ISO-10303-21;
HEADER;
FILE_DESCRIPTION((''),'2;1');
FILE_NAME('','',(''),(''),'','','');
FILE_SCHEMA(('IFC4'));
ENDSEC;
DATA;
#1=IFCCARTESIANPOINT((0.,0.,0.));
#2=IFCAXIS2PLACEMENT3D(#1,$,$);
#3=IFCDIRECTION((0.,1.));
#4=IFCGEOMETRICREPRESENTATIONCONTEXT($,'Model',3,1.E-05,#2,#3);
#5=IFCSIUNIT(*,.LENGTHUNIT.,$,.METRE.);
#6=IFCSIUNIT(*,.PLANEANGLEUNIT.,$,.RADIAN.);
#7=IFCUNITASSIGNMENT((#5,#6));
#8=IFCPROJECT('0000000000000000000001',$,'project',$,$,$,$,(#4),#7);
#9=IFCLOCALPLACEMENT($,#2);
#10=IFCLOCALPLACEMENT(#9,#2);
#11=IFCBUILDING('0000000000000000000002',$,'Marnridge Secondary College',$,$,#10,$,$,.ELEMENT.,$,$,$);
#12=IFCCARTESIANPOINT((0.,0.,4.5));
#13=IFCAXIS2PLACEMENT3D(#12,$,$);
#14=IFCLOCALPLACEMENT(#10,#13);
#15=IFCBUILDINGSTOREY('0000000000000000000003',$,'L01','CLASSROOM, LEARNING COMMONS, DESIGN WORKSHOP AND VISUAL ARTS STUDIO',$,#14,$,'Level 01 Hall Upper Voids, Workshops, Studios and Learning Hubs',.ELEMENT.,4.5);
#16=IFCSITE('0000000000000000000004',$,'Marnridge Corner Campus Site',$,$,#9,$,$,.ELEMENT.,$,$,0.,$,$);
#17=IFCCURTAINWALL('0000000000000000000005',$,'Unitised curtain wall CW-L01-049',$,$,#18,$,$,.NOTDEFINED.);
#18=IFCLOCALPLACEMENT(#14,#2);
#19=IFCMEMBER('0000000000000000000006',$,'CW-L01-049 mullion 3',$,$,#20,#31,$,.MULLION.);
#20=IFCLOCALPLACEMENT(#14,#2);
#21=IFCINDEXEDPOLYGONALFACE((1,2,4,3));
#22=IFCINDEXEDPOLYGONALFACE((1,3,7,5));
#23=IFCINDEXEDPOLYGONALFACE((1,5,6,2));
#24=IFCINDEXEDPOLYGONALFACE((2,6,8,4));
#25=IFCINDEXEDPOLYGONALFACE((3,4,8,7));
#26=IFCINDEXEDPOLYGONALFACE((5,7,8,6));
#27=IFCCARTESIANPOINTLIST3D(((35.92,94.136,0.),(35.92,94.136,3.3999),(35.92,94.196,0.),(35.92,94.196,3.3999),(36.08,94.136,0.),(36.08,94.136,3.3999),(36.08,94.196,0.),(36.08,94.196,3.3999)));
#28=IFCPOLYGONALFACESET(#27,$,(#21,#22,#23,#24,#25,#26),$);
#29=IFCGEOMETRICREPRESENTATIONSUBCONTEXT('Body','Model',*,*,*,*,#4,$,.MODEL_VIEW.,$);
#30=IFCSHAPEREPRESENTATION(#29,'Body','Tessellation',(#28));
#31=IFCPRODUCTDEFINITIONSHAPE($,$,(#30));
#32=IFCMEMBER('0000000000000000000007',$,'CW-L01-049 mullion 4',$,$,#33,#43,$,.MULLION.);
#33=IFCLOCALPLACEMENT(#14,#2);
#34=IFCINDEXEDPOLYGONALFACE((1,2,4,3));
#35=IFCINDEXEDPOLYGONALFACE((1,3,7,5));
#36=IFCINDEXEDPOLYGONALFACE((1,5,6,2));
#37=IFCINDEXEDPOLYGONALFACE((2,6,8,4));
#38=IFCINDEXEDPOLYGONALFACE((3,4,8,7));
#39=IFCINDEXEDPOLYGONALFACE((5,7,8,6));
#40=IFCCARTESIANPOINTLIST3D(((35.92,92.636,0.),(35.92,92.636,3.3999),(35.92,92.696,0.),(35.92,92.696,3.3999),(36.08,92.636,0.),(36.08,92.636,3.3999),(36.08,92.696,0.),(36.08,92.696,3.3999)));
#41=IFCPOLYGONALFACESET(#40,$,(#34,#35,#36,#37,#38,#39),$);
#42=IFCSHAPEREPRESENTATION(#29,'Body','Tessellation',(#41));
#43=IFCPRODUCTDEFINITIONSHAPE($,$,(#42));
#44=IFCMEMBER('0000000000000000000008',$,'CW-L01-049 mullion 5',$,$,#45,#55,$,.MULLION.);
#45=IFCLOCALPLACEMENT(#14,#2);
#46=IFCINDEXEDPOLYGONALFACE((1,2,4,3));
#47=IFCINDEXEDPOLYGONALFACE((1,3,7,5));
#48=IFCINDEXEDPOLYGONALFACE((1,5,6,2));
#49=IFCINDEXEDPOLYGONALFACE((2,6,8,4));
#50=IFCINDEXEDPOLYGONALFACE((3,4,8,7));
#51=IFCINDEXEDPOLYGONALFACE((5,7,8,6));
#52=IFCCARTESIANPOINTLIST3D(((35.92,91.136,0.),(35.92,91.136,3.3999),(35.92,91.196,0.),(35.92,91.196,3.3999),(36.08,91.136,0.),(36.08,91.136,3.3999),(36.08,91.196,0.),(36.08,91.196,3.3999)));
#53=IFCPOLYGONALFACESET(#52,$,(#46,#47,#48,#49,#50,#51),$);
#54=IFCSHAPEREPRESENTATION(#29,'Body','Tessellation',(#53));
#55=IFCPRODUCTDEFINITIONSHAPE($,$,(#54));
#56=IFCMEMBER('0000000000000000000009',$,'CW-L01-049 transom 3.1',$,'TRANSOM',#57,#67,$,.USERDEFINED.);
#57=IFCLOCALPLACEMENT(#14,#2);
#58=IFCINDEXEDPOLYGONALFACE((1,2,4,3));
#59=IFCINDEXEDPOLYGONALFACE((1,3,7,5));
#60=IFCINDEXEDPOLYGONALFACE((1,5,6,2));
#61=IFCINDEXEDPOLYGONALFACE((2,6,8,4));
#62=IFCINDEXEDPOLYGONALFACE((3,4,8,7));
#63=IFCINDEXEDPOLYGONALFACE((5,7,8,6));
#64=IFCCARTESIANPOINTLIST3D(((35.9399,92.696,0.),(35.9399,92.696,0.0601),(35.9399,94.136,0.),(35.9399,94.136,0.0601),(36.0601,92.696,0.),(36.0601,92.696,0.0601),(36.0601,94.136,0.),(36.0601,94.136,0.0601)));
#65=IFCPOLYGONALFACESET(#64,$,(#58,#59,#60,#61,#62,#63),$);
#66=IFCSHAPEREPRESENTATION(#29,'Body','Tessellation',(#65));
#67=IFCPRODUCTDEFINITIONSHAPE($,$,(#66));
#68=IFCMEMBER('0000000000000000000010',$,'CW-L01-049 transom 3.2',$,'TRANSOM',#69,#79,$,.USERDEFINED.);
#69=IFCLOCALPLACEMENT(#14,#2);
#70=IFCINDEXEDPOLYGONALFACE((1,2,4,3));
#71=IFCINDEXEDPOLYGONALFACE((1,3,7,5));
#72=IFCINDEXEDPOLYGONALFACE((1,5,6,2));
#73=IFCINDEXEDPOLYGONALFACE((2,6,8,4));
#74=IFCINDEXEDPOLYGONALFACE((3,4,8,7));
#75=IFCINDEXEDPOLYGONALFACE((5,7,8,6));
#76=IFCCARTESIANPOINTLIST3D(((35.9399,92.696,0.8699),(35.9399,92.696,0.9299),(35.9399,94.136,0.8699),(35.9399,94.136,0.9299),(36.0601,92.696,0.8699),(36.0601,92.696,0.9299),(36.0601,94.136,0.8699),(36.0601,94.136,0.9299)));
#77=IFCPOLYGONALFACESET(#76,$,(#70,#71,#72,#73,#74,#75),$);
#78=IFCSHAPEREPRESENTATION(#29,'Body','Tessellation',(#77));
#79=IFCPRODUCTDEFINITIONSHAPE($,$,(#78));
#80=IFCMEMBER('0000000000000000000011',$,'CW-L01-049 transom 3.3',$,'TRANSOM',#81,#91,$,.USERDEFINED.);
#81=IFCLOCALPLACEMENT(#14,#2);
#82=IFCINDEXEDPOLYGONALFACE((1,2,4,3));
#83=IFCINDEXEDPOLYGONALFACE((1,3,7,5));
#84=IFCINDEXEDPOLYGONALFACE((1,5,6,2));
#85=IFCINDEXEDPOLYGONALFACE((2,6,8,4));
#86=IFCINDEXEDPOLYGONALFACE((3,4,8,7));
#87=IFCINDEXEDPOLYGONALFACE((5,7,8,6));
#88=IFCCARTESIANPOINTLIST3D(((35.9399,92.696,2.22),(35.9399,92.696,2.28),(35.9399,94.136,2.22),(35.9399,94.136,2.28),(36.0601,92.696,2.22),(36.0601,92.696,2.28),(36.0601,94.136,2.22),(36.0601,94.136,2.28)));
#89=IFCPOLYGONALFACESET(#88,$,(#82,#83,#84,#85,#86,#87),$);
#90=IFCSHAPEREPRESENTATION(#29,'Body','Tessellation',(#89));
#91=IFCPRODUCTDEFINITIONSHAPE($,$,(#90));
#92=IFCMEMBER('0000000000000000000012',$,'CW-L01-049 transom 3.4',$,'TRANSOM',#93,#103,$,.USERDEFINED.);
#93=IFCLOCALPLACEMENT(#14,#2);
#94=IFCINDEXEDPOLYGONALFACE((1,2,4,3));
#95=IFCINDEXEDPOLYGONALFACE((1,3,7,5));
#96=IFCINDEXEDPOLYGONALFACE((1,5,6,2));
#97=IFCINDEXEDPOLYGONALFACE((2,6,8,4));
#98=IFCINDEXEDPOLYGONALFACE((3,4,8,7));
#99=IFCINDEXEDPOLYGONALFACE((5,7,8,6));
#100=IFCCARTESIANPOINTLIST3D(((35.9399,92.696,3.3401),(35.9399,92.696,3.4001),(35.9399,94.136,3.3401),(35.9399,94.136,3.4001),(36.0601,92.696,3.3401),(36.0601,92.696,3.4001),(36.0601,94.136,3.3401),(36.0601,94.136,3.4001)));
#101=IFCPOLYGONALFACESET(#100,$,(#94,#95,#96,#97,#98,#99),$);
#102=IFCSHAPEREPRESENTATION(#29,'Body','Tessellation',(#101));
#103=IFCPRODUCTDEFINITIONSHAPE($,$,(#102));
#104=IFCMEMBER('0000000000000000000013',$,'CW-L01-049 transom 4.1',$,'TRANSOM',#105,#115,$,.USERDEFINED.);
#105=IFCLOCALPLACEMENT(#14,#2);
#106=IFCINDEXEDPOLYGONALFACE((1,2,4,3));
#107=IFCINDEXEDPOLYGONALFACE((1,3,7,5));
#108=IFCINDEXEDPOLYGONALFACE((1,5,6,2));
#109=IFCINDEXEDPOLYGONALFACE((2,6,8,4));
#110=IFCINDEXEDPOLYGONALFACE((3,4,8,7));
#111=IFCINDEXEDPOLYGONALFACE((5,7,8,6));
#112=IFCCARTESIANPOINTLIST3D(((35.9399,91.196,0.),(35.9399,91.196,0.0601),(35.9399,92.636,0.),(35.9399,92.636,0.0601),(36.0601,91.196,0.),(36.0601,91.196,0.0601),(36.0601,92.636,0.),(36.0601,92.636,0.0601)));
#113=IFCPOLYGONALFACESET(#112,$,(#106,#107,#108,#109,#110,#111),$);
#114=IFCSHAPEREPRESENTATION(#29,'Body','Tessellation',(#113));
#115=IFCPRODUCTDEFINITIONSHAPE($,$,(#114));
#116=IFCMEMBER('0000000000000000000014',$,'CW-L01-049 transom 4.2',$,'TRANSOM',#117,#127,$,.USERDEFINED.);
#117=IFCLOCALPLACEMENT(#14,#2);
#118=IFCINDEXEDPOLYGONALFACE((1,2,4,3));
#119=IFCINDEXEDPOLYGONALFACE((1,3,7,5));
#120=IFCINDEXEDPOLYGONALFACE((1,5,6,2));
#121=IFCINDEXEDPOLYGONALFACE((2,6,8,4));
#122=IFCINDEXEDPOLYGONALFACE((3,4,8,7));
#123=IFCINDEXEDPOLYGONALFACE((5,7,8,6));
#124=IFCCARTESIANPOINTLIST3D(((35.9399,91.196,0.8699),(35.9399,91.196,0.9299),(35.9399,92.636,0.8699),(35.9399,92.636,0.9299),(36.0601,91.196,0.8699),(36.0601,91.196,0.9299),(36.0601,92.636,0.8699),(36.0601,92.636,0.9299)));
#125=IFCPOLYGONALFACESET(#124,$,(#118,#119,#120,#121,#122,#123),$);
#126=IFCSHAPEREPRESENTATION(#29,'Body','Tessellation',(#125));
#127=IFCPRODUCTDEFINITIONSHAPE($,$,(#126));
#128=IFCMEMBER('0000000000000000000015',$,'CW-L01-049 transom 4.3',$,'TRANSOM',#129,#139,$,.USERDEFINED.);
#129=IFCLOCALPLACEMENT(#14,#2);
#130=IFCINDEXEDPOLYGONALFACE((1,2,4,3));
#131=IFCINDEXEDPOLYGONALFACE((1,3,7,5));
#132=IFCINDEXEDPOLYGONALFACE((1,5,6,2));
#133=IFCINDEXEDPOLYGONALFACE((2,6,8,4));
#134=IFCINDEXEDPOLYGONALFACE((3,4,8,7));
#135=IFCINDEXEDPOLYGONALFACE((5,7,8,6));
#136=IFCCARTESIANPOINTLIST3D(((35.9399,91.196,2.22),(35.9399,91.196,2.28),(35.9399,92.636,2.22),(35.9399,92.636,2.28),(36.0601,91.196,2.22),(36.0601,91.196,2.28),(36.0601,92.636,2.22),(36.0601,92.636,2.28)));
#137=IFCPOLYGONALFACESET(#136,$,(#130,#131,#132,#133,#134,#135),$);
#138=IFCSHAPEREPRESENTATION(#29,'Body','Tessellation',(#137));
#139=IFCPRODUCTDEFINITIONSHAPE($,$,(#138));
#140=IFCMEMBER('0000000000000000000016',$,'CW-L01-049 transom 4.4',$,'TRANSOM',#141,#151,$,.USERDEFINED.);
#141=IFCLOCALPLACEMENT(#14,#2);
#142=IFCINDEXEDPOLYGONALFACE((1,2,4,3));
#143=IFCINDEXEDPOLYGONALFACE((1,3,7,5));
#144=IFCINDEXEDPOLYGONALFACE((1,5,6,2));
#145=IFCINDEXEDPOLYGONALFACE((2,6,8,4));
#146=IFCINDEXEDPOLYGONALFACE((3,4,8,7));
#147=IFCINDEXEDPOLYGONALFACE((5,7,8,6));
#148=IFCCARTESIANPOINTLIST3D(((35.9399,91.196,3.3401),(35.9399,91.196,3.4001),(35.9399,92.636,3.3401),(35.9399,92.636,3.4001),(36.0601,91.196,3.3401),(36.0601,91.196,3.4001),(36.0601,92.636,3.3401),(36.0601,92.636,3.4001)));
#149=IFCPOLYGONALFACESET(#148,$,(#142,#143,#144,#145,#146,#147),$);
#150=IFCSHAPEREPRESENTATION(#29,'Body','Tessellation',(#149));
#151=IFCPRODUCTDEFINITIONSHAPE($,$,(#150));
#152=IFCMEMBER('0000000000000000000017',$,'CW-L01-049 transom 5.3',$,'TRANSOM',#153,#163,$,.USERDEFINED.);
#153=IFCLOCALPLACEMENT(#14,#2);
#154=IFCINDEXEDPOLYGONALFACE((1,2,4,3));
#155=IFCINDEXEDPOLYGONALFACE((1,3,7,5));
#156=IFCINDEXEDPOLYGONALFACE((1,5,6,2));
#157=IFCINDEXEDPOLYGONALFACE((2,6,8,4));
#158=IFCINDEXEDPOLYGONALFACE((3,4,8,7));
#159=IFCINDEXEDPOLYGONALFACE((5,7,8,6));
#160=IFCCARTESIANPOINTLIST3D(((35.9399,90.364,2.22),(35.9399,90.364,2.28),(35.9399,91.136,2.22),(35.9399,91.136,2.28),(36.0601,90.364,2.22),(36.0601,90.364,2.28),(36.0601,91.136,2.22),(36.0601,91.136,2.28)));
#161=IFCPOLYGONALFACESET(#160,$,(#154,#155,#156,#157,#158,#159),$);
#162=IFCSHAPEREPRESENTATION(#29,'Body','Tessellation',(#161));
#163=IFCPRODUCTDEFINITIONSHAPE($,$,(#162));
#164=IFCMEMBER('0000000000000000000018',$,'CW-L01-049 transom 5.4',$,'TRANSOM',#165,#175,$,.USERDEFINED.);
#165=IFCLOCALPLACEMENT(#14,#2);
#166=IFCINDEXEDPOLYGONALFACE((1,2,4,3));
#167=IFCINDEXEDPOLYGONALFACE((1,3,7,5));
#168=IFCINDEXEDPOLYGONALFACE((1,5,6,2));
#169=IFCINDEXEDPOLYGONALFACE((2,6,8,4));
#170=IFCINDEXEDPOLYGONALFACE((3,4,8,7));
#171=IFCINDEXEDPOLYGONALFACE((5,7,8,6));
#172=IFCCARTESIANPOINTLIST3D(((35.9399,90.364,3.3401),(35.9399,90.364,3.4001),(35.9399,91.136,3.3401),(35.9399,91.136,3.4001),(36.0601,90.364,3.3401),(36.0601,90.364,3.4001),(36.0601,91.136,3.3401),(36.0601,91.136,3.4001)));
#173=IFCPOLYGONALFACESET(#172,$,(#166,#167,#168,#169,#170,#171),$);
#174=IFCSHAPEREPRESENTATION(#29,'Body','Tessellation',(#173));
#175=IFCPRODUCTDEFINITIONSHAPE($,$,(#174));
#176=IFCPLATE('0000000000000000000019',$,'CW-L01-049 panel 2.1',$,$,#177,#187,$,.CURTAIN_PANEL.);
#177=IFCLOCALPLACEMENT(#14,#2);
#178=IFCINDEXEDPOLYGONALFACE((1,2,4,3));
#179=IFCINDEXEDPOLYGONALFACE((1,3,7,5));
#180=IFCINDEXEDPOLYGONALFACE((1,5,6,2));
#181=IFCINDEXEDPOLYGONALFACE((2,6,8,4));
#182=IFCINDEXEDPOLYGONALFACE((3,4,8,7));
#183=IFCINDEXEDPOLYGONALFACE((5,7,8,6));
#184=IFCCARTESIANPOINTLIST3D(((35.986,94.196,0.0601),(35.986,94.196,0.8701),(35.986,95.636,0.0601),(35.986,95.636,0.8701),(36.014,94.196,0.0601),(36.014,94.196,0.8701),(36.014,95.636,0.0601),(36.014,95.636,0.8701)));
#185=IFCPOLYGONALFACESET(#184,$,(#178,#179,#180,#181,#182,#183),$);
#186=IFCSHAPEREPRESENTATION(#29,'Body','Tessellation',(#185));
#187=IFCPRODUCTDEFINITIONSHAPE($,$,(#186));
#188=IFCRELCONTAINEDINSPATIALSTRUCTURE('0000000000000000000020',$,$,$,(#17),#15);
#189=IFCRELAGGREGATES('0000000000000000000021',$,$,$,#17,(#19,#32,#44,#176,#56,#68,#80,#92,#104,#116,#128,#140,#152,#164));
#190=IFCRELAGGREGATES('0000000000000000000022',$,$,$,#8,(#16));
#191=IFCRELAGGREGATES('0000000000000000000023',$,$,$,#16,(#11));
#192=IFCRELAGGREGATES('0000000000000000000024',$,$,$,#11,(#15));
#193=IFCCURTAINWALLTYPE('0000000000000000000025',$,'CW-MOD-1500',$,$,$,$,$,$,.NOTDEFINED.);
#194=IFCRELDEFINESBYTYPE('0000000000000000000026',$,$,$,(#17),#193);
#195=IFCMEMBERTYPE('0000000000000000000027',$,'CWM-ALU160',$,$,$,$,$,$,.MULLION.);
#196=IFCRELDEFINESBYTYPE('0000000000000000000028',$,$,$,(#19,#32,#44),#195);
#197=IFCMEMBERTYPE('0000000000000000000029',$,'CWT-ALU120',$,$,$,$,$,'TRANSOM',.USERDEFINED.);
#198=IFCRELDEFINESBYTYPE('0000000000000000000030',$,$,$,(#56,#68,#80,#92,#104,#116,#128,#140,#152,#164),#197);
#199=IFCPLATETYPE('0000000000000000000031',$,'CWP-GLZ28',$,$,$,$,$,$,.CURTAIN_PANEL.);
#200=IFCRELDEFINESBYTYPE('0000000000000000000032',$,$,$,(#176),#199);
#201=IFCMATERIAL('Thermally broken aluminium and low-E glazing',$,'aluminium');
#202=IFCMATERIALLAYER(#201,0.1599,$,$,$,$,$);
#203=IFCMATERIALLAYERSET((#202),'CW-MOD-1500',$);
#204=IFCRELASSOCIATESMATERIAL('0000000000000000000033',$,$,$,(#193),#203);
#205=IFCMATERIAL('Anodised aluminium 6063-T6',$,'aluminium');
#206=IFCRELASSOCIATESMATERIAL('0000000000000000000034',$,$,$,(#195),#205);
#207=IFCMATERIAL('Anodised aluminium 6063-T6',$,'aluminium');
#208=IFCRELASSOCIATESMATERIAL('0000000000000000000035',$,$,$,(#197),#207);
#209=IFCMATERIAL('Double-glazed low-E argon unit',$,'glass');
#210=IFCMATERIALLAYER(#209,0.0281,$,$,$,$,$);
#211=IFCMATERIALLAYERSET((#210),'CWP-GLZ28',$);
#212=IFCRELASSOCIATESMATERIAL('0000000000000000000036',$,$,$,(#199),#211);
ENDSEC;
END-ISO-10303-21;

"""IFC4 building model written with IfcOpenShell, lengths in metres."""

from ifc_helpers import new_model, si_unit, direction, frame, origin, origin_2d, place, context, subcontext, project, spatial, rectangle, extrude, material, layer, layer_set, material_profile, profile_set, type_object, element, aggregate, save


model = new_model("IFC4")

# Units and contexts
model_context = context("Model", 3, precision=1e-05, world=origin(), true_north=direction((0.0, 1.0)))
body_context = subcontext(model_context, "Body", "Model", "MODEL_VIEW")
ifc_project = project(units=[si_unit("LENGTHUNIT", "METRE"), si_unit("PLANEANGLEUNIT", "RADIAN")], contexts=[model_context])

# Site, building, storey
site_placement = place(None, origin())
site = spatial("IfcSite", under=ifc_project, at=site_placement, Name="Marnridge Corner Campus Site", CompositionType="ELEMENT", RefElevation=0.0)
building_placement = place(site_placement, origin())
building = spatial("IfcBuilding", under=site, at=building_placement, Name="Marnridge Secondary College", CompositionType="ELEMENT")
storey_placement = place(building_placement, frame((0.0, 0.0, 4.5)))
storey = spatial("IfcBuildingStorey", under=building, at=storey_placement, Name="L01", Description="CLASSROOM, LEARNING COMMONS, DESIGN WORKSHOP AND VISUAL ARTS STUDIO", LongName="Level 01 Hall Upper Voids, Workshops, Studios and Learning Hubs", CompositionType="ELEMENT", Elevation=4.5)

# Curtain wall, members, plate
ifc_material_1 = material(Name="Thermally broken aluminium and low-E glazing", Category="aluminium")
ifc_layer_1 = layer(ifc_material_1, 0.1599)
ifc_layer_set_1 = layer_set([ifc_layer_1], Name="CW-MOD-1500")
curtain_wall_type = type_object("IfcCurtainWallType", Name="CW-MOD-1500", PredefinedType="NOTDEFINED", material=ifc_layer_set_1)
curtain_wall_placement = place(storey_placement, origin())
curtain_wall = element("IfcCurtainWall", 1, at=curtain_wall_placement, inside=storey, type_object=curtain_wall_type, Name="Unitised curtain wall CW-L01-049", PredefinedType="NOTDEFINED")
ifc_material_2 = material(Name="Anodised aluminium 6063-T6", Category="aluminium")
ifc_material_profile_1 = material_profile(ifc_material_2, rectangle(XDim=0.0601, YDim=0.1599, at=origin_2d()), Name="ALU 60x160")
ifc_profile_set_1 = profile_set([ifc_material_profile_1], Name="Anodised aluminium 6063-T6")
member_type_1 = type_object("IfcMemberType", Name="CWM-ALU160", PredefinedType="MULLION", material=ifc_profile_set_1)
member_1_placement = place(storey_placement, frame((36.0, 94.166, 0.0), z_axis=(0.0, 0.0, 1.0), x_axis=(0.0, -1.0, 0.0)))
member_1 = element("IfcMember", 2, at=member_1_placement, type_object=member_type_1, Name="CW-L01-049 mullion 3", PredefinedType="MULLION", context=body_context, shape_type="SweptSolid", body=[
    extrude(rectangle(XDim=0.0601, YDim=0.1599, at=origin_2d()), origin(), (0.0, 0.0, 1.0), 3.3999),
])
member_2_placement = place(storey_placement, frame((36.0, 92.666, 0.0), z_axis=(0.0, 0.0, 1.0), x_axis=(0.0, -1.0, 0.0)))
member_2 = element("IfcMember", 3, at=member_2_placement, type_object=member_type_1, Name="CW-L01-049 mullion 4", PredefinedType="MULLION", context=body_context, shape_type="SweptSolid", body=[
    extrude(rectangle(XDim=0.0601, YDim=0.1599, at=origin_2d()), origin(), (0.0, 0.0, 1.0), 3.3999),
])
member_3_placement = place(storey_placement, frame((36.0, 91.166, 0.0), z_axis=(0.0, 0.0, 1.0), x_axis=(0.0, -1.0, 0.0)))
member_3 = element("IfcMember", 4, at=member_3_placement, type_object=member_type_1, Name="CW-L01-049 mullion 5", PredefinedType="MULLION", context=body_context, shape_type="SweptSolid", body=[
    extrude(rectangle(XDim=0.0601, YDim=0.1599, at=origin_2d()), origin(), (0.0, 0.0, 1.0), 3.3999),
])
ifc_material_3 = material(Name="Anodised aluminium 6063-T6", Category="aluminium")
ifc_material_profile_2 = material_profile(ifc_material_3, rectangle(XDim=0.0601, YDim=0.1201, at=origin_2d()), Name="ALU 60x120")
ifc_profile_set_2 = profile_set([ifc_material_profile_2], Name="Anodised aluminium 6063-T6")
member_type_2 = type_object("IfcMemberType", Name="CWT-ALU120", ElementType="TRANSOM", PredefinedType="USERDEFINED", material=ifc_profile_set_2)
member_4_placement = place(storey_placement, frame((36.0, 94.136, 0.03), z_axis=(0.0, -1.0, 0.0), x_axis=(0.0, 0.0, 1.0)))
member_4 = element("IfcMember", 5, at=member_4_placement, type_object=member_type_2, Name="CW-L01-049 transom 3.1", ObjectType="TRANSOM", PredefinedType="USERDEFINED", context=body_context, shape_type="SweptSolid", body=[
    extrude(rectangle(XDim=0.0601, YDim=0.1201, at=origin_2d()), origin(), (0.0, 0.0, 1.0), 1.4399),
])
member_5_placement = place(storey_placement, frame((36.0, 94.136, 0.8999), z_axis=(0.0, -1.0, 0.0), x_axis=(0.0, 0.0, 1.0)))
member_5 = element("IfcMember", 6, at=member_5_placement, type_object=member_type_2, Name="CW-L01-049 transom 3.2", ObjectType="TRANSOM", PredefinedType="USERDEFINED", context=body_context, shape_type="SweptSolid", body=[
    extrude(rectangle(XDim=0.0601, YDim=0.1201, at=origin_2d()), origin(), (0.0, 0.0, 1.0), 1.4399),
])
member_6_placement = place(storey_placement, frame((36.0, 94.136, 2.25), z_axis=(0.0, -1.0, 0.0), x_axis=(0.0, 0.0, 1.0)))
member_6 = element("IfcMember", 7, at=member_6_placement, type_object=member_type_2, Name="CW-L01-049 transom 3.3", ObjectType="TRANSOM", PredefinedType="USERDEFINED", context=body_context, shape_type="SweptSolid", body=[
    extrude(rectangle(XDim=0.0601, YDim=0.1201, at=origin_2d()), origin(), (0.0, 0.0, 1.0), 1.4399),
])
member_7_placement = place(storey_placement, frame((36.0, 94.136, 3.3701), z_axis=(0.0, -1.0, 0.0), x_axis=(0.0, 0.0, 1.0)))
member_7 = element("IfcMember", 8, at=member_7_placement, type_object=member_type_2, Name="CW-L01-049 transom 3.4", ObjectType="TRANSOM", PredefinedType="USERDEFINED", context=body_context, shape_type="SweptSolid", body=[
    extrude(rectangle(XDim=0.0601, YDim=0.1201, at=origin_2d()), origin(), (0.0, 0.0, 1.0), 1.4399),
])
member_8_placement = place(storey_placement, frame((36.0, 92.636, 0.03), z_axis=(0.0, -1.0, 0.0), x_axis=(0.0, 0.0, 1.0)))
member_8 = element("IfcMember", 9, at=member_8_placement, type_object=member_type_2, Name="CW-L01-049 transom 4.1", ObjectType="TRANSOM", PredefinedType="USERDEFINED", context=body_context, shape_type="SweptSolid", body=[
    extrude(rectangle(XDim=0.0601, YDim=0.1201, at=origin_2d()), origin(), (0.0, 0.0, 1.0), 1.4399),
])
member_9_placement = place(storey_placement, frame((36.0, 92.636, 0.8999), z_axis=(0.0, -1.0, 0.0), x_axis=(0.0, 0.0, 1.0)))
member_9 = element("IfcMember", 10, at=member_9_placement, type_object=member_type_2, Name="CW-L01-049 transom 4.2", ObjectType="TRANSOM", PredefinedType="USERDEFINED", context=body_context, shape_type="SweptSolid", body=[
    extrude(rectangle(XDim=0.0601, YDim=0.1201, at=origin_2d()), origin(), (0.0, 0.0, 1.0), 1.4399),
])
member_10_placement = place(storey_placement, frame((36.0, 92.636, 2.25), z_axis=(0.0, -1.0, 0.0), x_axis=(0.0, 0.0, 1.0)))
member_10 = element("IfcMember", 11, at=member_10_placement, type_object=member_type_2, Name="CW-L01-049 transom 4.3", ObjectType="TRANSOM", PredefinedType="USERDEFINED", context=body_context, shape_type="SweptSolid", body=[
    extrude(rectangle(XDim=0.0601, YDim=0.1201, at=origin_2d()), origin(), (0.0, 0.0, 1.0), 1.4399),
])
member_11_placement = place(storey_placement, frame((36.0, 92.636, 3.3701), z_axis=(0.0, -1.0, 0.0), x_axis=(0.0, 0.0, 1.0)))
member_11 = element("IfcMember", 12, at=member_11_placement, type_object=member_type_2, Name="CW-L01-049 transom 4.4", ObjectType="TRANSOM", PredefinedType="USERDEFINED", context=body_context, shape_type="SweptSolid", body=[
    extrude(rectangle(XDim=0.0601, YDim=0.1201, at=origin_2d()), origin(), (0.0, 0.0, 1.0), 1.4399),
])
member_12_placement = place(storey_placement, frame((36.0, 91.136, 2.25), z_axis=(0.0, -1.0, 0.0), x_axis=(0.0, 0.0, 1.0)))
member_12 = element("IfcMember", 13, at=member_12_placement, type_object=member_type_2, Name="CW-L01-049 transom 5.3", ObjectType="TRANSOM", PredefinedType="USERDEFINED", context=body_context, shape_type="SweptSolid", body=[
    extrude(rectangle(XDim=0.0601, YDim=0.1201, at=origin_2d()), origin(), (0.0, 0.0, 1.0), 0.772),
])
member_13_placement = place(storey_placement, frame((36.0, 91.136, 3.3701), z_axis=(0.0, -1.0, 0.0), x_axis=(0.0, 0.0, 1.0)))
member_13 = element("IfcMember", 14, at=member_13_placement, type_object=member_type_2, Name="CW-L01-049 transom 5.4", ObjectType="TRANSOM", PredefinedType="USERDEFINED", context=body_context, shape_type="SweptSolid", body=[
    extrude(rectangle(XDim=0.0601, YDim=0.1201, at=origin_2d()), origin(), (0.0, 0.0, 1.0), 0.772),
])
ifc_material_4 = material(Name="Double-glazed low-E argon unit", Category="glass")
ifc_layer_2 = layer(ifc_material_4, 0.0281)
ifc_layer_set_2 = layer_set([ifc_layer_2], Name="CWP-GLZ28")
plate_type = type_object("IfcPlateType", Name="CWP-GLZ28", PredefinedType="CURTAIN_PANEL", material=ifc_layer_set_2)
plate_1_placement = place(storey_placement, frame((36.0, 94.916, 0.0601), z_axis=(0.0, 0.0, 1.0), x_axis=(0.0, -1.0, 0.0)))
plate_1 = element("IfcPlate", 15, at=plate_1_placement, type_object=plate_type, Name="CW-L01-049 panel 2.1", PredefinedType="CURTAIN_PANEL", context=body_context, shape_type="SweptSolid", body=[
    extrude(rectangle(XDim=1.4399, YDim=0.0281, at=origin_2d()), origin(), (0.0, 0.0, 1.0), 0.8101),
])
aggregate(curtain_wall, [member_1, member_2, member_3, plate_1, member_4, member_5, member_6, member_7, member_8, member_9, member_10, member_11, member_12, member_13])

save(model, "model.ifc")
